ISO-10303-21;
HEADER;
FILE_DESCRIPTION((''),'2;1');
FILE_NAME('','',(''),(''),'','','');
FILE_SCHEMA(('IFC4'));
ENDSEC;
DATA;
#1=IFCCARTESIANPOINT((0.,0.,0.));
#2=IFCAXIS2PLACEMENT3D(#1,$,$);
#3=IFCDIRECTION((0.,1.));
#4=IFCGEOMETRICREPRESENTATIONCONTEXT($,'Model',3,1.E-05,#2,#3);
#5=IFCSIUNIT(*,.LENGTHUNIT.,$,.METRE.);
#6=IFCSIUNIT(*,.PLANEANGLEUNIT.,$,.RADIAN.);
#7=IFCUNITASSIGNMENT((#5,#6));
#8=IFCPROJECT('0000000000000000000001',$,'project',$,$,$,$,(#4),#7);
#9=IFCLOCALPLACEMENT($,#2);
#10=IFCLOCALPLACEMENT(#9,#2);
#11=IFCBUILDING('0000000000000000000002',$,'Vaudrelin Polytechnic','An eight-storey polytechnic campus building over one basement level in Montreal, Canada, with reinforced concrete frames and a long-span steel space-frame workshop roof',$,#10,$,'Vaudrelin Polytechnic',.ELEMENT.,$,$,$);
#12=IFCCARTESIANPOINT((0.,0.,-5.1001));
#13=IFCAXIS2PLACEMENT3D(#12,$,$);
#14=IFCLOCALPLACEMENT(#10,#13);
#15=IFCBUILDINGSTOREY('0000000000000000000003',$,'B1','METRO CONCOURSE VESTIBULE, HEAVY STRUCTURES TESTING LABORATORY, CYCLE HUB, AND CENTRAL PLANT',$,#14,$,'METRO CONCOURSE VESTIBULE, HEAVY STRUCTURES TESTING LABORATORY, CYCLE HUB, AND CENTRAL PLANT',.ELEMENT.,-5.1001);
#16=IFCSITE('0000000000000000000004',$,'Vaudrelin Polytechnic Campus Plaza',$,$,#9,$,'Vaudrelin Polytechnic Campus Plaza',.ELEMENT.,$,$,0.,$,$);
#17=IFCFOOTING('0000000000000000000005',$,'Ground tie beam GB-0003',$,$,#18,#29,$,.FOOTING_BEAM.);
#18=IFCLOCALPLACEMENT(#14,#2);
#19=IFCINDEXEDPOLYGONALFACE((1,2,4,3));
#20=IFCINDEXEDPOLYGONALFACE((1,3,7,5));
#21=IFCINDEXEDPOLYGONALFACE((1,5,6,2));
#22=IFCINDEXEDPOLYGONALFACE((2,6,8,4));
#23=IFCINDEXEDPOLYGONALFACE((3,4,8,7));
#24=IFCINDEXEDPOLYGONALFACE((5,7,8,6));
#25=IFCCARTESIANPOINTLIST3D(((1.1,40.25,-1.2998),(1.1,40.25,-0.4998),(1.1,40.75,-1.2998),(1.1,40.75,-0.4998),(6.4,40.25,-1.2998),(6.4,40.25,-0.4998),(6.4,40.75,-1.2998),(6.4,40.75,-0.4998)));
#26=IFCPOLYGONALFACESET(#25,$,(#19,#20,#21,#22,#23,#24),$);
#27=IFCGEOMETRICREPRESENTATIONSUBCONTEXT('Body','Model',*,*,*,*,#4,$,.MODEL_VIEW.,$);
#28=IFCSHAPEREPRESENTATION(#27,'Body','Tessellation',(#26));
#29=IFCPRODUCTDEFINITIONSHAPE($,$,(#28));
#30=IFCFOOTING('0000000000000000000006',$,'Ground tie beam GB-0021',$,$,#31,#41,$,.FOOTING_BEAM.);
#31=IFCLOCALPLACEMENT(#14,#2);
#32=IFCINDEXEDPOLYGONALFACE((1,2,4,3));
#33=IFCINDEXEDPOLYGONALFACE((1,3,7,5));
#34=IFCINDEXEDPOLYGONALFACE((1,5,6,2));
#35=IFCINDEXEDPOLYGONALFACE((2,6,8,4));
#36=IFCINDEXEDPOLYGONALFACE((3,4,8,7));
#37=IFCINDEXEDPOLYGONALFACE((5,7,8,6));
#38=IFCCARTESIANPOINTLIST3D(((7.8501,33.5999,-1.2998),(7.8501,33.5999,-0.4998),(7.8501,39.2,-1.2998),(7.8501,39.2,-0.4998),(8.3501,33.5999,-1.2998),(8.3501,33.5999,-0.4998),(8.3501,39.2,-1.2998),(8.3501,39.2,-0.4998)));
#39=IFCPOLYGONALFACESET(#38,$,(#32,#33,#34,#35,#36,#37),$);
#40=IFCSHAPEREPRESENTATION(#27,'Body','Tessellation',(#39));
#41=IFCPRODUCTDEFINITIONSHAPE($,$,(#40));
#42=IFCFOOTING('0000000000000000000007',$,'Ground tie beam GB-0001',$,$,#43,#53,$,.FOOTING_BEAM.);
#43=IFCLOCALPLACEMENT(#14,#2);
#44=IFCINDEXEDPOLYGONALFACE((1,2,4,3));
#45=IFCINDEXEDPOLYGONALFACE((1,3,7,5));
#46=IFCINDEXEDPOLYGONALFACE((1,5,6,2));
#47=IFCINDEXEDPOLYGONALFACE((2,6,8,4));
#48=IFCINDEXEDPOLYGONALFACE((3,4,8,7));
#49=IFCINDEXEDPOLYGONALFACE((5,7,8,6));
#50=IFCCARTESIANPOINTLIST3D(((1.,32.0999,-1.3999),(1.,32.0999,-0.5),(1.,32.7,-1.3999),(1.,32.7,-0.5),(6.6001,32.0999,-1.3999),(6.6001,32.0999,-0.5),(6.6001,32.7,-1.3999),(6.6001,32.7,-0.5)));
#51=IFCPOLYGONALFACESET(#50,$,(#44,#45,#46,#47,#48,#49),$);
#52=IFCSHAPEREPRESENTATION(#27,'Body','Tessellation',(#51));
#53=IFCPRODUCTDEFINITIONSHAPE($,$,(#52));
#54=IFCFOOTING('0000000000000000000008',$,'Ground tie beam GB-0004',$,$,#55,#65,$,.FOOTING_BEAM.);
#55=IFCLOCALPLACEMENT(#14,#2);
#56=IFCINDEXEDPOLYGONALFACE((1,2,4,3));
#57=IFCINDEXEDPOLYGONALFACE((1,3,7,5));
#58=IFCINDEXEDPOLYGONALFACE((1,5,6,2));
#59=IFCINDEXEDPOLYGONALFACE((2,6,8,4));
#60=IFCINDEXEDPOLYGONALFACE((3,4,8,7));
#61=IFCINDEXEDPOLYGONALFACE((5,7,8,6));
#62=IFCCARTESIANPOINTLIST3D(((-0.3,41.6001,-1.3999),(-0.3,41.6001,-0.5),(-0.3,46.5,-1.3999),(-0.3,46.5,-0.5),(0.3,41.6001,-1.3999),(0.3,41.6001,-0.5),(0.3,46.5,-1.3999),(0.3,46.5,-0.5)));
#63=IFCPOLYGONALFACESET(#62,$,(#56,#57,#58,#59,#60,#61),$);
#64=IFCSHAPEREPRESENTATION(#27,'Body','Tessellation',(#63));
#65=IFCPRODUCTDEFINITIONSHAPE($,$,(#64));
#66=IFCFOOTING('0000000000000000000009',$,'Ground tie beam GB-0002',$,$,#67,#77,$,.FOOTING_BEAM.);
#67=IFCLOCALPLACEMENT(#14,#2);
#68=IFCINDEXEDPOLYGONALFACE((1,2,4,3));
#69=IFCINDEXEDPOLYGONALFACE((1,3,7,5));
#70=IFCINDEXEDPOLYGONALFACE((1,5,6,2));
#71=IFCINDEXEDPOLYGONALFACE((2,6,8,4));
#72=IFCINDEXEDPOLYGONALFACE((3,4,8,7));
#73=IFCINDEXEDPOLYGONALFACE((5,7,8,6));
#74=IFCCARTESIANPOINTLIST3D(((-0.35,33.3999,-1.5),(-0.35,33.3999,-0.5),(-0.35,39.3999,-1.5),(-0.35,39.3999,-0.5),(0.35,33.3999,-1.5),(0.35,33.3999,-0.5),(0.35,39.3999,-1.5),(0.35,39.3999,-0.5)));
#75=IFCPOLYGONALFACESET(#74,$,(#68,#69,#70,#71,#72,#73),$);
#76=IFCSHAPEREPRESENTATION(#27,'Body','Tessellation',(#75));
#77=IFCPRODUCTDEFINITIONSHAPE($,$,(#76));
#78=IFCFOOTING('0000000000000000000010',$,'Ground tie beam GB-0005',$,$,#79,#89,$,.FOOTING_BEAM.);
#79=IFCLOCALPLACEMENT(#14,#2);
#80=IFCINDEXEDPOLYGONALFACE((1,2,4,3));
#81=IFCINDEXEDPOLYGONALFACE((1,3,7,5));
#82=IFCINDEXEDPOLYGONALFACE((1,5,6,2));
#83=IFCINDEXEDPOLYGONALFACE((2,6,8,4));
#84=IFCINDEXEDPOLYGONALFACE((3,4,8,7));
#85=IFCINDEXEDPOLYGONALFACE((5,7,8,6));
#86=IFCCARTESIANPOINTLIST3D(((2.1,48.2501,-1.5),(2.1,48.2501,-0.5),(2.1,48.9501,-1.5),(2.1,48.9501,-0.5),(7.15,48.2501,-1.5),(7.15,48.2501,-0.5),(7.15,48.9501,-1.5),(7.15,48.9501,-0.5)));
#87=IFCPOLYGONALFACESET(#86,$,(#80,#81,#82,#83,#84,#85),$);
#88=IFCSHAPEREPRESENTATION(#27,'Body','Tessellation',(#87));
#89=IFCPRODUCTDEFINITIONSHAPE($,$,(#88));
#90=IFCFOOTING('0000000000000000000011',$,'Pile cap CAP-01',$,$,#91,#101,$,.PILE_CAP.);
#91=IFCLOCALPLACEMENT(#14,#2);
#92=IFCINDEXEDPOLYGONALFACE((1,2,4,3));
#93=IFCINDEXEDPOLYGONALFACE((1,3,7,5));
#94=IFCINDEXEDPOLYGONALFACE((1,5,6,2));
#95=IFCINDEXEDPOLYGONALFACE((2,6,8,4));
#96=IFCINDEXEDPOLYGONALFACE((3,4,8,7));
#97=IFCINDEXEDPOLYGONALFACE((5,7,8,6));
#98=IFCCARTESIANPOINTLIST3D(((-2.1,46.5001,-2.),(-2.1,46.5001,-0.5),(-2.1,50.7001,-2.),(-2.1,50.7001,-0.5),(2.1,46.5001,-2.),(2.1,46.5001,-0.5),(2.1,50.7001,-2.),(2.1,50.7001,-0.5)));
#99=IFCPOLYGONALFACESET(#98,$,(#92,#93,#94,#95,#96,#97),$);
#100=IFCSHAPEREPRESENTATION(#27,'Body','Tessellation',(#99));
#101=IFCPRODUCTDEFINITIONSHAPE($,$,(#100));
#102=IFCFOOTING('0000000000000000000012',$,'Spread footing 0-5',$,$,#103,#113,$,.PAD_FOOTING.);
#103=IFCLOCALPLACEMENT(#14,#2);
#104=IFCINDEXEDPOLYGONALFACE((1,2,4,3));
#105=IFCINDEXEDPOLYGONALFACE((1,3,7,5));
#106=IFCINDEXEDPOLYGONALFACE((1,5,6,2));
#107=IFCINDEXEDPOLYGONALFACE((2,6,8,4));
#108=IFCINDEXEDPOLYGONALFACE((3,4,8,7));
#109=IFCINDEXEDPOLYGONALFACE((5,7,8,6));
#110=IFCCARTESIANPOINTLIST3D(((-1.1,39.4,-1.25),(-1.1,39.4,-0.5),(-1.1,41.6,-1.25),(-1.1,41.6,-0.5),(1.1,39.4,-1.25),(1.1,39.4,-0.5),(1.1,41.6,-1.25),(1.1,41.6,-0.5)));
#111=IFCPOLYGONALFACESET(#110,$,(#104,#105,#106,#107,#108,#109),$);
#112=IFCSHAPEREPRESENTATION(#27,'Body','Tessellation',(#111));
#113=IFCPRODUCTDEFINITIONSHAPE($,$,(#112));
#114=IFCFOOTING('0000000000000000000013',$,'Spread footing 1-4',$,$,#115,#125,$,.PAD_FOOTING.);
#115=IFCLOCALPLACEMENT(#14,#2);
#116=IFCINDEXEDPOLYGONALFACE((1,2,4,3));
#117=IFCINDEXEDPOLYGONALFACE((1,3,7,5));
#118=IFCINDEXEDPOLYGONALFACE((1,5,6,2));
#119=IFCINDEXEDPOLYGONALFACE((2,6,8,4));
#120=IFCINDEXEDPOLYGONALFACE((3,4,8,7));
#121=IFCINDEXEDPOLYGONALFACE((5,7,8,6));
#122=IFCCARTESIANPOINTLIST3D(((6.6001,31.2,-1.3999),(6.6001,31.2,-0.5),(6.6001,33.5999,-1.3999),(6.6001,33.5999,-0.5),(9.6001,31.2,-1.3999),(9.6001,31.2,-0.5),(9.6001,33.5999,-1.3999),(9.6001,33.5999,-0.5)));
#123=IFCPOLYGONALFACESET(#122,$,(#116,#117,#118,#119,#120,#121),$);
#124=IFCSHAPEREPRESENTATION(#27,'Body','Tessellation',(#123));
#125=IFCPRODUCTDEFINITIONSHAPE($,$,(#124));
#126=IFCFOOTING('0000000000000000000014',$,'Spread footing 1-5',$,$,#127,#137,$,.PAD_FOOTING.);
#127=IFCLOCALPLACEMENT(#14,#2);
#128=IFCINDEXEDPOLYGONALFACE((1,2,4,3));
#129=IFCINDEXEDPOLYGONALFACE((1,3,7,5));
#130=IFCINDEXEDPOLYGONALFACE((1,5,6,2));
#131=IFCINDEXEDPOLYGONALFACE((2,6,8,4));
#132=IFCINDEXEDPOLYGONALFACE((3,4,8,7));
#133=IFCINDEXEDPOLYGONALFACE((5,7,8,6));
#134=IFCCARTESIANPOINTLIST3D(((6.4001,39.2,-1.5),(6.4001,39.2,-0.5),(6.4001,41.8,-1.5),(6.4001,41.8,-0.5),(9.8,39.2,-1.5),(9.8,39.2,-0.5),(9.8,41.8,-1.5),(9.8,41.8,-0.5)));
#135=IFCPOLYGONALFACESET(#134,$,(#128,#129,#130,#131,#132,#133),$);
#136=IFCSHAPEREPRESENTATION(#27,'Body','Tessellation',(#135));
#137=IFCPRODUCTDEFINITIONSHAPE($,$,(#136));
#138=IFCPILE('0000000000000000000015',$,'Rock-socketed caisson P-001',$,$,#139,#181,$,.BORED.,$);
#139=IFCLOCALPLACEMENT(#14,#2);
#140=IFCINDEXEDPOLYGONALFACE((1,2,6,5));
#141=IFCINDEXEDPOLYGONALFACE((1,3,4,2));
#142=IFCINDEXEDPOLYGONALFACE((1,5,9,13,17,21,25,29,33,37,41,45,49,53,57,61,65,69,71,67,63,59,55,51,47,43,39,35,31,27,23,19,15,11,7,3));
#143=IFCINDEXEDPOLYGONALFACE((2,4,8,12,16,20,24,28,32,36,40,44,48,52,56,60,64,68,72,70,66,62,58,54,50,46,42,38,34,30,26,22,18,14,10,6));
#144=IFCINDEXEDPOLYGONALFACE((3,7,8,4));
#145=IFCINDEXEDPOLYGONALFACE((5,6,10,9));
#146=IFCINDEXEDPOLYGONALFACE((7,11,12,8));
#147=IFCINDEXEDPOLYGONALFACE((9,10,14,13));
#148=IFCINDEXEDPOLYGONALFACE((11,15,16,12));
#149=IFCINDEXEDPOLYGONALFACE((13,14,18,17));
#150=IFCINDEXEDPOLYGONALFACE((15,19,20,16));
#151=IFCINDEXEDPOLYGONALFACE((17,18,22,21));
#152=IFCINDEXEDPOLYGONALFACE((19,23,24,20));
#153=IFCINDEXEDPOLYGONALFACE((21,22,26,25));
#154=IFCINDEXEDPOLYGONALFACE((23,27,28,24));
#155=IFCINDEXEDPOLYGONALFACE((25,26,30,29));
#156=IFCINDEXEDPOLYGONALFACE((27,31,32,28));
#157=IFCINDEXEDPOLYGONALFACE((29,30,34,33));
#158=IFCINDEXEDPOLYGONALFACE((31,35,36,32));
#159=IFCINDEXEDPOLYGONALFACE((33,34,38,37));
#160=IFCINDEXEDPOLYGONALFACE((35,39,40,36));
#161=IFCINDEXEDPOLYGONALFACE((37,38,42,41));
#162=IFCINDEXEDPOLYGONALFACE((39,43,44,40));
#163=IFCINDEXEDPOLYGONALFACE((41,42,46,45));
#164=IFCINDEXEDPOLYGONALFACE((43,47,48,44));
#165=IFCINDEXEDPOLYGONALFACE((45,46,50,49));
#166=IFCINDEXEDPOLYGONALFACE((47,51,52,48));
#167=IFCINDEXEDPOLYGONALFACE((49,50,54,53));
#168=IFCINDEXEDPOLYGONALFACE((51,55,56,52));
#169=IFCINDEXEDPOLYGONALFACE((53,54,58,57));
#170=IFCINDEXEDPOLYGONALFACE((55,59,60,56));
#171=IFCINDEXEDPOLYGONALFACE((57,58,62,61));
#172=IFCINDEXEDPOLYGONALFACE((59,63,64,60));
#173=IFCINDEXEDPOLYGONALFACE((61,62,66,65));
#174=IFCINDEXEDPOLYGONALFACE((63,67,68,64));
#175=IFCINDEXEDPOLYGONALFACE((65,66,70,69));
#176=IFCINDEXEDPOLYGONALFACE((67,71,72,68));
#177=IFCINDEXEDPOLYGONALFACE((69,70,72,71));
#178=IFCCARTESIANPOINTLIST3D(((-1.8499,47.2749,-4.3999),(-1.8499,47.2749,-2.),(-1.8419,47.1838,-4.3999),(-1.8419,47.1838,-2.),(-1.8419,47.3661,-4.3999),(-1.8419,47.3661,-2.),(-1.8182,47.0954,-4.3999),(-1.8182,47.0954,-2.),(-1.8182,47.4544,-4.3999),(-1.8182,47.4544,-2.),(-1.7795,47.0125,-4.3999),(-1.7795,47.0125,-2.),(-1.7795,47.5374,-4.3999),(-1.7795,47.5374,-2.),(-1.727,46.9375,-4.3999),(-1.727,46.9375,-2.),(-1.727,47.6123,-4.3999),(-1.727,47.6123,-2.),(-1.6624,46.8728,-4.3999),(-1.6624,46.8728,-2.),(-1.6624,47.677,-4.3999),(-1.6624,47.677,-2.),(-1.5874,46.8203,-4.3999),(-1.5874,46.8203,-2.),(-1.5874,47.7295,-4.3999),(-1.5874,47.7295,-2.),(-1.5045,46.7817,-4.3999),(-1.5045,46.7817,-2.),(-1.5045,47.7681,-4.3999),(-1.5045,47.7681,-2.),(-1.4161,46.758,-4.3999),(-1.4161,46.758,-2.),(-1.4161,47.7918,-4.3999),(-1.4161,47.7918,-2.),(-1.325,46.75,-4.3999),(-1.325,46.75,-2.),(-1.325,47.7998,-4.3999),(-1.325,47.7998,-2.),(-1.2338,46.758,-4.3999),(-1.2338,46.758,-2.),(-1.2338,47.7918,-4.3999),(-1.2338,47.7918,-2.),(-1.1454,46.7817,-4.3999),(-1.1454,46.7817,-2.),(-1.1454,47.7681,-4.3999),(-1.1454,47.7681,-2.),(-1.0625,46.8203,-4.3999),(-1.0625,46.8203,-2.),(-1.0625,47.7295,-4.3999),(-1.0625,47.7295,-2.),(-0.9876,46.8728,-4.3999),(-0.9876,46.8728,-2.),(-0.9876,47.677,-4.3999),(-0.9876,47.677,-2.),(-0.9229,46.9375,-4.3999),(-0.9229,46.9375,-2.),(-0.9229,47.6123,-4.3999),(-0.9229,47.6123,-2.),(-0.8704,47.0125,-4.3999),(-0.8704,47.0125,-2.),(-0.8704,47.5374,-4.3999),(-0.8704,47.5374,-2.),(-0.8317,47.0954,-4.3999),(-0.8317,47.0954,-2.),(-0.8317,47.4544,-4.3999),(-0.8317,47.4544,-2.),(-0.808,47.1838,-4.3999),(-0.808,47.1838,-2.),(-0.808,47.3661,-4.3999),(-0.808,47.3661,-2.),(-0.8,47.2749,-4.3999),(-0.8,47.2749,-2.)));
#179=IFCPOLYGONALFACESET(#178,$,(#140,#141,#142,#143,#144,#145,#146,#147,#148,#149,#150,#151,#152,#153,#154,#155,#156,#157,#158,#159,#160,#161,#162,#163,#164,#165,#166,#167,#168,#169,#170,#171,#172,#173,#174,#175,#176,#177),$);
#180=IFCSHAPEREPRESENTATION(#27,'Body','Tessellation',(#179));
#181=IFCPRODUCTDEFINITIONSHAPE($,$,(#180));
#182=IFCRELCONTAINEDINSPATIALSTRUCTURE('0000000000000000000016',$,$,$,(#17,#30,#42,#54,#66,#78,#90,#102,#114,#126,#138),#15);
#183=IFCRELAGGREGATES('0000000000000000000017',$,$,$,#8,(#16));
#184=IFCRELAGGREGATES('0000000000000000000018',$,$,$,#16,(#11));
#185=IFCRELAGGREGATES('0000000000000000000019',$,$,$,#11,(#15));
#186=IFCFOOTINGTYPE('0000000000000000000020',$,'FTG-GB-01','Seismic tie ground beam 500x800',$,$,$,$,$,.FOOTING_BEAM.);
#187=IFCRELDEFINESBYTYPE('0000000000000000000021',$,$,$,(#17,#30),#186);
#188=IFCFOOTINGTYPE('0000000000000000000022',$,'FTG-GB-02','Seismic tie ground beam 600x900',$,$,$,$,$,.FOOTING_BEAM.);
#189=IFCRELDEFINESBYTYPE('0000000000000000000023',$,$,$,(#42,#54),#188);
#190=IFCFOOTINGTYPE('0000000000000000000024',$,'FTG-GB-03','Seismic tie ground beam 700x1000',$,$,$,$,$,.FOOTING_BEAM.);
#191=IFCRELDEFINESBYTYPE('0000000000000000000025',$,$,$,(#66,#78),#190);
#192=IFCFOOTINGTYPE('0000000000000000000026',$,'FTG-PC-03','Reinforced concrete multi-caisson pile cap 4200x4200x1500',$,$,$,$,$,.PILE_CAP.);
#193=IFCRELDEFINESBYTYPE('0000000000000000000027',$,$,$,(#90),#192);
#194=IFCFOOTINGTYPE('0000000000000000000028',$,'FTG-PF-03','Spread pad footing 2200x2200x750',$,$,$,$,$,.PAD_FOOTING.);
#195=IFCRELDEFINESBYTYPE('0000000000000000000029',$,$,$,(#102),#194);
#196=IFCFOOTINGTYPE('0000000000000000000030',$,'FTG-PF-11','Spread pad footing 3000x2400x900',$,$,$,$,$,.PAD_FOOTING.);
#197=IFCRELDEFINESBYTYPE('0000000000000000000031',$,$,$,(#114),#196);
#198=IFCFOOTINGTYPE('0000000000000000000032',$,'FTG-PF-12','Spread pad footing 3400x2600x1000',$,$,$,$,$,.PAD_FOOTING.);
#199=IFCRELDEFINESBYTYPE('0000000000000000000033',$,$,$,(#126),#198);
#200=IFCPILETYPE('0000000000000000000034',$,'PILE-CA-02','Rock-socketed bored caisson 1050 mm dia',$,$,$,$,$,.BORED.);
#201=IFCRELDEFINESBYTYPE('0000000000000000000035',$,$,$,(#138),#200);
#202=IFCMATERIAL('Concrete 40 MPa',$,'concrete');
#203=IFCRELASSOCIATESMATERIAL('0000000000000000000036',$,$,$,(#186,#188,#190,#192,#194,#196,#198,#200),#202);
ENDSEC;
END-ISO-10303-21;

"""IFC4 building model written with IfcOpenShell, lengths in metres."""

from ifc_helpers import new_model, si_unit, direction, frame, origin, origin_2d, place, context, subcontext, project, spatial, rectangle, circle, extrude, material, material_profile, profile_set, type_object, element, save


model = new_model("IFC4")

# Units and contexts
model_context = context("Model", 3, precision=1e-05, world=origin(), true_north=direction((0.0, 1.0)))
body_context = subcontext(model_context, "Body", "Model", "MODEL_VIEW")
ifc_project = project(units=[si_unit("LENGTHUNIT", "METRE"), si_unit("PLANEANGLEUNIT", "RADIAN")], contexts=[model_context])

# Site, building, storey
site_placement = place(None, origin())
site = spatial("IfcSite", under=ifc_project, at=site_placement, Name="Vaudrelin Polytechnic Campus Plaza", LongName="Vaudrelin Polytechnic Campus Plaza", CompositionType="ELEMENT", RefElevation=0.0)
building_placement = place(site_placement, origin())
building = spatial("IfcBuilding", under=site, at=building_placement, Name="Vaudrelin Polytechnic", Description="An eight-storey polytechnic campus building over one basement level in Montreal, Canada, with reinforced concrete frames and a long-span steel space-frame workshop roof", LongName="Vaudrelin Polytechnic", CompositionType="ELEMENT")
storey_placement = place(building_placement, frame((0.0, 0.0, -5.1001)))
storey = spatial("IfcBuildingStorey", under=building, at=storey_placement, Name="B1", Description="METRO CONCOURSE VESTIBULE, HEAVY STRUCTURES TESTING LABORATORY, CYCLE HUB, AND CENTRAL PLANT", LongName="METRO CONCOURSE VESTIBULE, HEAVY STRUCTURES TESTING LABORATORY, CYCLE HUB, AND CENTRAL PLANT", CompositionType="ELEMENT", Elevation=-5.1001)

# Footings
ifc_material_1 = material(Name="Concrete 40 MPa", Category="concrete")
footing_type_1 = type_object("IfcFootingType", Name="FTG-GB-01", Description="Seismic tie ground beam 500x800", PredefinedType="FOOTING_BEAM", material=ifc_material_1)
footing_1_placement = place(storey_placement, frame((3.75, 40.5, -1.2998), z_axis=(0.0, 0.0, 1.0), x_axis=(1.0, 0.0, 0.0)))
element("IfcFooting", 1, at=footing_1_placement, inside=storey, type_object=footing_type_1, Name="Ground tie beam GB-0003", PredefinedType="FOOTING_BEAM", context=body_context, shape_type="SweptSolid", body=[
    extrude(rectangle(XDim=5.3, YDim=0.5, at=origin_2d()), origin(), (0.0, 0.0, 1.0), 0.8),
])
footing_2_placement = place(storey_placement, frame((8.1001, 36.3999, -1.2998), z_axis=(0.0, 0.0, 1.0), x_axis=(1.0, 0.0, 0.0)))
element("IfcFooting", 2, at=footing_2_placement, inside=storey, type_object=footing_type_1, Name="Ground tie beam GB-0021", PredefinedType="FOOTING_BEAM", context=body_context, shape_type="SweptSolid", body=[
    extrude(rectangle(XDim=0.5, YDim=5.6001, at=origin_2d()), origin(), (0.0, 0.0, 1.0), 0.8),
])
footing_type_2 = type_object("IfcFootingType", Name="FTG-GB-02", Description="Seismic tie ground beam 600x900", PredefinedType="FOOTING_BEAM", material=ifc_material_1)
footing_3_placement = place(storey_placement, frame((3.8, 32.3999, -1.3999), z_axis=(0.0, 0.0, 1.0), x_axis=(1.0, 0.0, 0.0)))
element("IfcFooting", 3, at=footing_3_placement, inside=storey, type_object=footing_type_2, Name="Ground tie beam GB-0001", PredefinedType="FOOTING_BEAM", context=body_context, shape_type="SweptSolid", body=[
    extrude(rectangle(XDim=5.6001, YDim=0.6001, at=origin_2d()), origin(), (0.0, 0.0, 1.0), 0.8999),
])
footing_4_placement = place(storey_placement, frame((0.0, 44.05, -1.3999), z_axis=(0.0, 0.0, 1.0), x_axis=(1.0, 0.0, 0.0)))
element("IfcFooting", 4, at=footing_4_placement, inside=storey, type_object=footing_type_2, Name="Ground tie beam GB-0004", PredefinedType="FOOTING_BEAM", context=body_context, shape_type="SweptSolid", body=[
    extrude(rectangle(XDim=0.6001, YDim=4.8999, at=origin_2d()), origin(), (0.0, 0.0, 1.0), 0.8999),
])
footing_type_3 = type_object("IfcFootingType", Name="FTG-GB-03", Description="Seismic tie ground beam 700x1000", PredefinedType="FOOTING_BEAM", material=ifc_material_1)
footing_5_placement = place(storey_placement, frame((0.0, 36.3999, -1.5), z_axis=(0.0, 0.0, 1.0), x_axis=(1.0, 0.0, 0.0)))
element("IfcFooting", 5, at=footing_5_placement, inside=storey, type_object=footing_type_3, Name="Ground tie beam GB-0002", PredefinedType="FOOTING_BEAM", context=body_context, shape_type="SweptSolid", body=[
    extrude(rectangle(XDim=0.7, YDim=6.0, at=origin_2d()), origin(), (0.0, 0.0, 1.0), 1.0),
])
footing_6_placement = place(storey_placement, frame((4.625, 48.6001, -1.5), z_axis=(0.0, 0.0, 1.0), x_axis=(1.0, 0.0, 0.0)))
element("IfcFooting", 6, at=footing_6_placement, inside=storey, type_object=footing_type_3, Name="Ground tie beam GB-0005", PredefinedType="FOOTING_BEAM", context=body_context, shape_type="SweptSolid", body=[
    extrude(rectangle(XDim=5.05, YDim=0.7, at=origin_2d()), origin(), (0.0, 0.0, 1.0), 1.0),
])
footing_type_4 = type_object("IfcFootingType", Name="FTG-PC-03", Description="Reinforced concrete multi-caisson pile cap 4200x4200x1500", PredefinedType="PILE_CAP", material=ifc_material_1)
footing_7_placement = place(storey_placement, frame((0.0, 48.6001, -2.0), z_axis=(0.0, 0.0, 1.0), x_axis=(1.0, 0.0, 0.0)))
element("IfcFooting", 7, at=footing_7_placement, inside=storey, type_object=footing_type_4, Name="Pile cap CAP-01", PredefinedType="PILE_CAP", context=body_context, shape_type="SweptSolid", body=[
    extrude(rectangle(XDim=4.2, YDim=4.2, at=origin_2d()), origin(), (0.0, 0.0, 1.0), 1.5),
])
footing_type_5 = type_object("IfcFootingType", Name="FTG-PF-03", Description="Spread pad footing 2200x2200x750", PredefinedType="PAD_FOOTING", material=ifc_material_1)
footing_8_placement = place(storey_placement, frame((0.0, 40.5, -1.25), z_axis=(0.0, 0.0, 1.0), x_axis=(1.0, 0.0, 0.0)))
element("IfcFooting", 8, at=footing_8_placement, inside=storey, type_object=footing_type_5, Name="Spread footing 0-5", PredefinedType="PAD_FOOTING", context=body_context, shape_type="SweptSolid", body=[
    extrude(rectangle(XDim=2.2, YDim=2.2, at=origin_2d()), origin(), (0.0, 0.0, 1.0), 0.75),
])
footing_type_6 = type_object("IfcFootingType", Name="FTG-PF-11", Description="Spread pad footing 3000x2400x900", PredefinedType="PAD_FOOTING", material=ifc_material_1)
footing_9_placement = place(storey_placement, frame((8.1001, 32.3999, -1.3999), z_axis=(0.0, 0.0, 1.0), x_axis=(1.0, 0.0, 0.0)))
element("IfcFooting", 9, at=footing_9_placement, inside=storey, type_object=footing_type_6, Name="Spread footing 1-4", PredefinedType="PAD_FOOTING", context=body_context, shape_type="SweptSolid", body=[
    extrude(rectangle(XDim=3.0, YDim=2.3999, at=origin_2d()), origin(), (0.0, 0.0, 1.0), 0.8999),
])
footing_type_7 = type_object("IfcFootingType", Name="FTG-PF-12", Description="Spread pad footing 3400x2600x1000", PredefinedType="PAD_FOOTING", material=ifc_material_1)
footing_10_placement = place(storey_placement, frame((8.1001, 40.5, -1.5), z_axis=(0.0, 0.0, 1.0), x_axis=(1.0, 0.0, 0.0)))
element("IfcFooting", 10, at=footing_10_placement, inside=storey, type_object=footing_type_7, Name="Spread footing 1-5", PredefinedType="PAD_FOOTING", context=body_context, shape_type="SweptSolid", body=[
    extrude(rectangle(XDim=3.3999, YDim=2.6001, at=origin_2d()), origin(), (0.0, 0.0, 1.0), 1.0),
])

# Pile
ifc_material_profile_1 = material_profile(ifc_material_1, circle(Radius=0.5249, at=origin_2d()), Name="CAISSON1050")
ifc_profile_set_1 = profile_set([ifc_material_profile_1], Name="Concrete 40 MPa")
pile_type = type_object("IfcPileType", Name="PILE-CA-02", Description="Rock-socketed bored caisson 1050 mm dia", PredefinedType="BORED", material=ifc_profile_set_1)
for number, where, z_axis, x_axis, name in (
    (11, (-1.325, 47.2749, -2.0), (0.0, 0.0, -1.0), (1.0, 0.0, 0.0), "Rock-socketed caisson P-001"),
):
    element("IfcPile", number, at=place(storey_placement, frame(where, z_axis=z_axis, x_axis=x_axis)), inside=storey, type_object=pile_type, Name=name, PredefinedType="BORED", context=body_context, shape_type="SweptSolid", body=[
        extrude(circle(Radius=0.5249, at=origin_2d()), origin(), (0.0, 0.0, 1.0), 2.3999),
    ])

save(model, "model.ifc")
